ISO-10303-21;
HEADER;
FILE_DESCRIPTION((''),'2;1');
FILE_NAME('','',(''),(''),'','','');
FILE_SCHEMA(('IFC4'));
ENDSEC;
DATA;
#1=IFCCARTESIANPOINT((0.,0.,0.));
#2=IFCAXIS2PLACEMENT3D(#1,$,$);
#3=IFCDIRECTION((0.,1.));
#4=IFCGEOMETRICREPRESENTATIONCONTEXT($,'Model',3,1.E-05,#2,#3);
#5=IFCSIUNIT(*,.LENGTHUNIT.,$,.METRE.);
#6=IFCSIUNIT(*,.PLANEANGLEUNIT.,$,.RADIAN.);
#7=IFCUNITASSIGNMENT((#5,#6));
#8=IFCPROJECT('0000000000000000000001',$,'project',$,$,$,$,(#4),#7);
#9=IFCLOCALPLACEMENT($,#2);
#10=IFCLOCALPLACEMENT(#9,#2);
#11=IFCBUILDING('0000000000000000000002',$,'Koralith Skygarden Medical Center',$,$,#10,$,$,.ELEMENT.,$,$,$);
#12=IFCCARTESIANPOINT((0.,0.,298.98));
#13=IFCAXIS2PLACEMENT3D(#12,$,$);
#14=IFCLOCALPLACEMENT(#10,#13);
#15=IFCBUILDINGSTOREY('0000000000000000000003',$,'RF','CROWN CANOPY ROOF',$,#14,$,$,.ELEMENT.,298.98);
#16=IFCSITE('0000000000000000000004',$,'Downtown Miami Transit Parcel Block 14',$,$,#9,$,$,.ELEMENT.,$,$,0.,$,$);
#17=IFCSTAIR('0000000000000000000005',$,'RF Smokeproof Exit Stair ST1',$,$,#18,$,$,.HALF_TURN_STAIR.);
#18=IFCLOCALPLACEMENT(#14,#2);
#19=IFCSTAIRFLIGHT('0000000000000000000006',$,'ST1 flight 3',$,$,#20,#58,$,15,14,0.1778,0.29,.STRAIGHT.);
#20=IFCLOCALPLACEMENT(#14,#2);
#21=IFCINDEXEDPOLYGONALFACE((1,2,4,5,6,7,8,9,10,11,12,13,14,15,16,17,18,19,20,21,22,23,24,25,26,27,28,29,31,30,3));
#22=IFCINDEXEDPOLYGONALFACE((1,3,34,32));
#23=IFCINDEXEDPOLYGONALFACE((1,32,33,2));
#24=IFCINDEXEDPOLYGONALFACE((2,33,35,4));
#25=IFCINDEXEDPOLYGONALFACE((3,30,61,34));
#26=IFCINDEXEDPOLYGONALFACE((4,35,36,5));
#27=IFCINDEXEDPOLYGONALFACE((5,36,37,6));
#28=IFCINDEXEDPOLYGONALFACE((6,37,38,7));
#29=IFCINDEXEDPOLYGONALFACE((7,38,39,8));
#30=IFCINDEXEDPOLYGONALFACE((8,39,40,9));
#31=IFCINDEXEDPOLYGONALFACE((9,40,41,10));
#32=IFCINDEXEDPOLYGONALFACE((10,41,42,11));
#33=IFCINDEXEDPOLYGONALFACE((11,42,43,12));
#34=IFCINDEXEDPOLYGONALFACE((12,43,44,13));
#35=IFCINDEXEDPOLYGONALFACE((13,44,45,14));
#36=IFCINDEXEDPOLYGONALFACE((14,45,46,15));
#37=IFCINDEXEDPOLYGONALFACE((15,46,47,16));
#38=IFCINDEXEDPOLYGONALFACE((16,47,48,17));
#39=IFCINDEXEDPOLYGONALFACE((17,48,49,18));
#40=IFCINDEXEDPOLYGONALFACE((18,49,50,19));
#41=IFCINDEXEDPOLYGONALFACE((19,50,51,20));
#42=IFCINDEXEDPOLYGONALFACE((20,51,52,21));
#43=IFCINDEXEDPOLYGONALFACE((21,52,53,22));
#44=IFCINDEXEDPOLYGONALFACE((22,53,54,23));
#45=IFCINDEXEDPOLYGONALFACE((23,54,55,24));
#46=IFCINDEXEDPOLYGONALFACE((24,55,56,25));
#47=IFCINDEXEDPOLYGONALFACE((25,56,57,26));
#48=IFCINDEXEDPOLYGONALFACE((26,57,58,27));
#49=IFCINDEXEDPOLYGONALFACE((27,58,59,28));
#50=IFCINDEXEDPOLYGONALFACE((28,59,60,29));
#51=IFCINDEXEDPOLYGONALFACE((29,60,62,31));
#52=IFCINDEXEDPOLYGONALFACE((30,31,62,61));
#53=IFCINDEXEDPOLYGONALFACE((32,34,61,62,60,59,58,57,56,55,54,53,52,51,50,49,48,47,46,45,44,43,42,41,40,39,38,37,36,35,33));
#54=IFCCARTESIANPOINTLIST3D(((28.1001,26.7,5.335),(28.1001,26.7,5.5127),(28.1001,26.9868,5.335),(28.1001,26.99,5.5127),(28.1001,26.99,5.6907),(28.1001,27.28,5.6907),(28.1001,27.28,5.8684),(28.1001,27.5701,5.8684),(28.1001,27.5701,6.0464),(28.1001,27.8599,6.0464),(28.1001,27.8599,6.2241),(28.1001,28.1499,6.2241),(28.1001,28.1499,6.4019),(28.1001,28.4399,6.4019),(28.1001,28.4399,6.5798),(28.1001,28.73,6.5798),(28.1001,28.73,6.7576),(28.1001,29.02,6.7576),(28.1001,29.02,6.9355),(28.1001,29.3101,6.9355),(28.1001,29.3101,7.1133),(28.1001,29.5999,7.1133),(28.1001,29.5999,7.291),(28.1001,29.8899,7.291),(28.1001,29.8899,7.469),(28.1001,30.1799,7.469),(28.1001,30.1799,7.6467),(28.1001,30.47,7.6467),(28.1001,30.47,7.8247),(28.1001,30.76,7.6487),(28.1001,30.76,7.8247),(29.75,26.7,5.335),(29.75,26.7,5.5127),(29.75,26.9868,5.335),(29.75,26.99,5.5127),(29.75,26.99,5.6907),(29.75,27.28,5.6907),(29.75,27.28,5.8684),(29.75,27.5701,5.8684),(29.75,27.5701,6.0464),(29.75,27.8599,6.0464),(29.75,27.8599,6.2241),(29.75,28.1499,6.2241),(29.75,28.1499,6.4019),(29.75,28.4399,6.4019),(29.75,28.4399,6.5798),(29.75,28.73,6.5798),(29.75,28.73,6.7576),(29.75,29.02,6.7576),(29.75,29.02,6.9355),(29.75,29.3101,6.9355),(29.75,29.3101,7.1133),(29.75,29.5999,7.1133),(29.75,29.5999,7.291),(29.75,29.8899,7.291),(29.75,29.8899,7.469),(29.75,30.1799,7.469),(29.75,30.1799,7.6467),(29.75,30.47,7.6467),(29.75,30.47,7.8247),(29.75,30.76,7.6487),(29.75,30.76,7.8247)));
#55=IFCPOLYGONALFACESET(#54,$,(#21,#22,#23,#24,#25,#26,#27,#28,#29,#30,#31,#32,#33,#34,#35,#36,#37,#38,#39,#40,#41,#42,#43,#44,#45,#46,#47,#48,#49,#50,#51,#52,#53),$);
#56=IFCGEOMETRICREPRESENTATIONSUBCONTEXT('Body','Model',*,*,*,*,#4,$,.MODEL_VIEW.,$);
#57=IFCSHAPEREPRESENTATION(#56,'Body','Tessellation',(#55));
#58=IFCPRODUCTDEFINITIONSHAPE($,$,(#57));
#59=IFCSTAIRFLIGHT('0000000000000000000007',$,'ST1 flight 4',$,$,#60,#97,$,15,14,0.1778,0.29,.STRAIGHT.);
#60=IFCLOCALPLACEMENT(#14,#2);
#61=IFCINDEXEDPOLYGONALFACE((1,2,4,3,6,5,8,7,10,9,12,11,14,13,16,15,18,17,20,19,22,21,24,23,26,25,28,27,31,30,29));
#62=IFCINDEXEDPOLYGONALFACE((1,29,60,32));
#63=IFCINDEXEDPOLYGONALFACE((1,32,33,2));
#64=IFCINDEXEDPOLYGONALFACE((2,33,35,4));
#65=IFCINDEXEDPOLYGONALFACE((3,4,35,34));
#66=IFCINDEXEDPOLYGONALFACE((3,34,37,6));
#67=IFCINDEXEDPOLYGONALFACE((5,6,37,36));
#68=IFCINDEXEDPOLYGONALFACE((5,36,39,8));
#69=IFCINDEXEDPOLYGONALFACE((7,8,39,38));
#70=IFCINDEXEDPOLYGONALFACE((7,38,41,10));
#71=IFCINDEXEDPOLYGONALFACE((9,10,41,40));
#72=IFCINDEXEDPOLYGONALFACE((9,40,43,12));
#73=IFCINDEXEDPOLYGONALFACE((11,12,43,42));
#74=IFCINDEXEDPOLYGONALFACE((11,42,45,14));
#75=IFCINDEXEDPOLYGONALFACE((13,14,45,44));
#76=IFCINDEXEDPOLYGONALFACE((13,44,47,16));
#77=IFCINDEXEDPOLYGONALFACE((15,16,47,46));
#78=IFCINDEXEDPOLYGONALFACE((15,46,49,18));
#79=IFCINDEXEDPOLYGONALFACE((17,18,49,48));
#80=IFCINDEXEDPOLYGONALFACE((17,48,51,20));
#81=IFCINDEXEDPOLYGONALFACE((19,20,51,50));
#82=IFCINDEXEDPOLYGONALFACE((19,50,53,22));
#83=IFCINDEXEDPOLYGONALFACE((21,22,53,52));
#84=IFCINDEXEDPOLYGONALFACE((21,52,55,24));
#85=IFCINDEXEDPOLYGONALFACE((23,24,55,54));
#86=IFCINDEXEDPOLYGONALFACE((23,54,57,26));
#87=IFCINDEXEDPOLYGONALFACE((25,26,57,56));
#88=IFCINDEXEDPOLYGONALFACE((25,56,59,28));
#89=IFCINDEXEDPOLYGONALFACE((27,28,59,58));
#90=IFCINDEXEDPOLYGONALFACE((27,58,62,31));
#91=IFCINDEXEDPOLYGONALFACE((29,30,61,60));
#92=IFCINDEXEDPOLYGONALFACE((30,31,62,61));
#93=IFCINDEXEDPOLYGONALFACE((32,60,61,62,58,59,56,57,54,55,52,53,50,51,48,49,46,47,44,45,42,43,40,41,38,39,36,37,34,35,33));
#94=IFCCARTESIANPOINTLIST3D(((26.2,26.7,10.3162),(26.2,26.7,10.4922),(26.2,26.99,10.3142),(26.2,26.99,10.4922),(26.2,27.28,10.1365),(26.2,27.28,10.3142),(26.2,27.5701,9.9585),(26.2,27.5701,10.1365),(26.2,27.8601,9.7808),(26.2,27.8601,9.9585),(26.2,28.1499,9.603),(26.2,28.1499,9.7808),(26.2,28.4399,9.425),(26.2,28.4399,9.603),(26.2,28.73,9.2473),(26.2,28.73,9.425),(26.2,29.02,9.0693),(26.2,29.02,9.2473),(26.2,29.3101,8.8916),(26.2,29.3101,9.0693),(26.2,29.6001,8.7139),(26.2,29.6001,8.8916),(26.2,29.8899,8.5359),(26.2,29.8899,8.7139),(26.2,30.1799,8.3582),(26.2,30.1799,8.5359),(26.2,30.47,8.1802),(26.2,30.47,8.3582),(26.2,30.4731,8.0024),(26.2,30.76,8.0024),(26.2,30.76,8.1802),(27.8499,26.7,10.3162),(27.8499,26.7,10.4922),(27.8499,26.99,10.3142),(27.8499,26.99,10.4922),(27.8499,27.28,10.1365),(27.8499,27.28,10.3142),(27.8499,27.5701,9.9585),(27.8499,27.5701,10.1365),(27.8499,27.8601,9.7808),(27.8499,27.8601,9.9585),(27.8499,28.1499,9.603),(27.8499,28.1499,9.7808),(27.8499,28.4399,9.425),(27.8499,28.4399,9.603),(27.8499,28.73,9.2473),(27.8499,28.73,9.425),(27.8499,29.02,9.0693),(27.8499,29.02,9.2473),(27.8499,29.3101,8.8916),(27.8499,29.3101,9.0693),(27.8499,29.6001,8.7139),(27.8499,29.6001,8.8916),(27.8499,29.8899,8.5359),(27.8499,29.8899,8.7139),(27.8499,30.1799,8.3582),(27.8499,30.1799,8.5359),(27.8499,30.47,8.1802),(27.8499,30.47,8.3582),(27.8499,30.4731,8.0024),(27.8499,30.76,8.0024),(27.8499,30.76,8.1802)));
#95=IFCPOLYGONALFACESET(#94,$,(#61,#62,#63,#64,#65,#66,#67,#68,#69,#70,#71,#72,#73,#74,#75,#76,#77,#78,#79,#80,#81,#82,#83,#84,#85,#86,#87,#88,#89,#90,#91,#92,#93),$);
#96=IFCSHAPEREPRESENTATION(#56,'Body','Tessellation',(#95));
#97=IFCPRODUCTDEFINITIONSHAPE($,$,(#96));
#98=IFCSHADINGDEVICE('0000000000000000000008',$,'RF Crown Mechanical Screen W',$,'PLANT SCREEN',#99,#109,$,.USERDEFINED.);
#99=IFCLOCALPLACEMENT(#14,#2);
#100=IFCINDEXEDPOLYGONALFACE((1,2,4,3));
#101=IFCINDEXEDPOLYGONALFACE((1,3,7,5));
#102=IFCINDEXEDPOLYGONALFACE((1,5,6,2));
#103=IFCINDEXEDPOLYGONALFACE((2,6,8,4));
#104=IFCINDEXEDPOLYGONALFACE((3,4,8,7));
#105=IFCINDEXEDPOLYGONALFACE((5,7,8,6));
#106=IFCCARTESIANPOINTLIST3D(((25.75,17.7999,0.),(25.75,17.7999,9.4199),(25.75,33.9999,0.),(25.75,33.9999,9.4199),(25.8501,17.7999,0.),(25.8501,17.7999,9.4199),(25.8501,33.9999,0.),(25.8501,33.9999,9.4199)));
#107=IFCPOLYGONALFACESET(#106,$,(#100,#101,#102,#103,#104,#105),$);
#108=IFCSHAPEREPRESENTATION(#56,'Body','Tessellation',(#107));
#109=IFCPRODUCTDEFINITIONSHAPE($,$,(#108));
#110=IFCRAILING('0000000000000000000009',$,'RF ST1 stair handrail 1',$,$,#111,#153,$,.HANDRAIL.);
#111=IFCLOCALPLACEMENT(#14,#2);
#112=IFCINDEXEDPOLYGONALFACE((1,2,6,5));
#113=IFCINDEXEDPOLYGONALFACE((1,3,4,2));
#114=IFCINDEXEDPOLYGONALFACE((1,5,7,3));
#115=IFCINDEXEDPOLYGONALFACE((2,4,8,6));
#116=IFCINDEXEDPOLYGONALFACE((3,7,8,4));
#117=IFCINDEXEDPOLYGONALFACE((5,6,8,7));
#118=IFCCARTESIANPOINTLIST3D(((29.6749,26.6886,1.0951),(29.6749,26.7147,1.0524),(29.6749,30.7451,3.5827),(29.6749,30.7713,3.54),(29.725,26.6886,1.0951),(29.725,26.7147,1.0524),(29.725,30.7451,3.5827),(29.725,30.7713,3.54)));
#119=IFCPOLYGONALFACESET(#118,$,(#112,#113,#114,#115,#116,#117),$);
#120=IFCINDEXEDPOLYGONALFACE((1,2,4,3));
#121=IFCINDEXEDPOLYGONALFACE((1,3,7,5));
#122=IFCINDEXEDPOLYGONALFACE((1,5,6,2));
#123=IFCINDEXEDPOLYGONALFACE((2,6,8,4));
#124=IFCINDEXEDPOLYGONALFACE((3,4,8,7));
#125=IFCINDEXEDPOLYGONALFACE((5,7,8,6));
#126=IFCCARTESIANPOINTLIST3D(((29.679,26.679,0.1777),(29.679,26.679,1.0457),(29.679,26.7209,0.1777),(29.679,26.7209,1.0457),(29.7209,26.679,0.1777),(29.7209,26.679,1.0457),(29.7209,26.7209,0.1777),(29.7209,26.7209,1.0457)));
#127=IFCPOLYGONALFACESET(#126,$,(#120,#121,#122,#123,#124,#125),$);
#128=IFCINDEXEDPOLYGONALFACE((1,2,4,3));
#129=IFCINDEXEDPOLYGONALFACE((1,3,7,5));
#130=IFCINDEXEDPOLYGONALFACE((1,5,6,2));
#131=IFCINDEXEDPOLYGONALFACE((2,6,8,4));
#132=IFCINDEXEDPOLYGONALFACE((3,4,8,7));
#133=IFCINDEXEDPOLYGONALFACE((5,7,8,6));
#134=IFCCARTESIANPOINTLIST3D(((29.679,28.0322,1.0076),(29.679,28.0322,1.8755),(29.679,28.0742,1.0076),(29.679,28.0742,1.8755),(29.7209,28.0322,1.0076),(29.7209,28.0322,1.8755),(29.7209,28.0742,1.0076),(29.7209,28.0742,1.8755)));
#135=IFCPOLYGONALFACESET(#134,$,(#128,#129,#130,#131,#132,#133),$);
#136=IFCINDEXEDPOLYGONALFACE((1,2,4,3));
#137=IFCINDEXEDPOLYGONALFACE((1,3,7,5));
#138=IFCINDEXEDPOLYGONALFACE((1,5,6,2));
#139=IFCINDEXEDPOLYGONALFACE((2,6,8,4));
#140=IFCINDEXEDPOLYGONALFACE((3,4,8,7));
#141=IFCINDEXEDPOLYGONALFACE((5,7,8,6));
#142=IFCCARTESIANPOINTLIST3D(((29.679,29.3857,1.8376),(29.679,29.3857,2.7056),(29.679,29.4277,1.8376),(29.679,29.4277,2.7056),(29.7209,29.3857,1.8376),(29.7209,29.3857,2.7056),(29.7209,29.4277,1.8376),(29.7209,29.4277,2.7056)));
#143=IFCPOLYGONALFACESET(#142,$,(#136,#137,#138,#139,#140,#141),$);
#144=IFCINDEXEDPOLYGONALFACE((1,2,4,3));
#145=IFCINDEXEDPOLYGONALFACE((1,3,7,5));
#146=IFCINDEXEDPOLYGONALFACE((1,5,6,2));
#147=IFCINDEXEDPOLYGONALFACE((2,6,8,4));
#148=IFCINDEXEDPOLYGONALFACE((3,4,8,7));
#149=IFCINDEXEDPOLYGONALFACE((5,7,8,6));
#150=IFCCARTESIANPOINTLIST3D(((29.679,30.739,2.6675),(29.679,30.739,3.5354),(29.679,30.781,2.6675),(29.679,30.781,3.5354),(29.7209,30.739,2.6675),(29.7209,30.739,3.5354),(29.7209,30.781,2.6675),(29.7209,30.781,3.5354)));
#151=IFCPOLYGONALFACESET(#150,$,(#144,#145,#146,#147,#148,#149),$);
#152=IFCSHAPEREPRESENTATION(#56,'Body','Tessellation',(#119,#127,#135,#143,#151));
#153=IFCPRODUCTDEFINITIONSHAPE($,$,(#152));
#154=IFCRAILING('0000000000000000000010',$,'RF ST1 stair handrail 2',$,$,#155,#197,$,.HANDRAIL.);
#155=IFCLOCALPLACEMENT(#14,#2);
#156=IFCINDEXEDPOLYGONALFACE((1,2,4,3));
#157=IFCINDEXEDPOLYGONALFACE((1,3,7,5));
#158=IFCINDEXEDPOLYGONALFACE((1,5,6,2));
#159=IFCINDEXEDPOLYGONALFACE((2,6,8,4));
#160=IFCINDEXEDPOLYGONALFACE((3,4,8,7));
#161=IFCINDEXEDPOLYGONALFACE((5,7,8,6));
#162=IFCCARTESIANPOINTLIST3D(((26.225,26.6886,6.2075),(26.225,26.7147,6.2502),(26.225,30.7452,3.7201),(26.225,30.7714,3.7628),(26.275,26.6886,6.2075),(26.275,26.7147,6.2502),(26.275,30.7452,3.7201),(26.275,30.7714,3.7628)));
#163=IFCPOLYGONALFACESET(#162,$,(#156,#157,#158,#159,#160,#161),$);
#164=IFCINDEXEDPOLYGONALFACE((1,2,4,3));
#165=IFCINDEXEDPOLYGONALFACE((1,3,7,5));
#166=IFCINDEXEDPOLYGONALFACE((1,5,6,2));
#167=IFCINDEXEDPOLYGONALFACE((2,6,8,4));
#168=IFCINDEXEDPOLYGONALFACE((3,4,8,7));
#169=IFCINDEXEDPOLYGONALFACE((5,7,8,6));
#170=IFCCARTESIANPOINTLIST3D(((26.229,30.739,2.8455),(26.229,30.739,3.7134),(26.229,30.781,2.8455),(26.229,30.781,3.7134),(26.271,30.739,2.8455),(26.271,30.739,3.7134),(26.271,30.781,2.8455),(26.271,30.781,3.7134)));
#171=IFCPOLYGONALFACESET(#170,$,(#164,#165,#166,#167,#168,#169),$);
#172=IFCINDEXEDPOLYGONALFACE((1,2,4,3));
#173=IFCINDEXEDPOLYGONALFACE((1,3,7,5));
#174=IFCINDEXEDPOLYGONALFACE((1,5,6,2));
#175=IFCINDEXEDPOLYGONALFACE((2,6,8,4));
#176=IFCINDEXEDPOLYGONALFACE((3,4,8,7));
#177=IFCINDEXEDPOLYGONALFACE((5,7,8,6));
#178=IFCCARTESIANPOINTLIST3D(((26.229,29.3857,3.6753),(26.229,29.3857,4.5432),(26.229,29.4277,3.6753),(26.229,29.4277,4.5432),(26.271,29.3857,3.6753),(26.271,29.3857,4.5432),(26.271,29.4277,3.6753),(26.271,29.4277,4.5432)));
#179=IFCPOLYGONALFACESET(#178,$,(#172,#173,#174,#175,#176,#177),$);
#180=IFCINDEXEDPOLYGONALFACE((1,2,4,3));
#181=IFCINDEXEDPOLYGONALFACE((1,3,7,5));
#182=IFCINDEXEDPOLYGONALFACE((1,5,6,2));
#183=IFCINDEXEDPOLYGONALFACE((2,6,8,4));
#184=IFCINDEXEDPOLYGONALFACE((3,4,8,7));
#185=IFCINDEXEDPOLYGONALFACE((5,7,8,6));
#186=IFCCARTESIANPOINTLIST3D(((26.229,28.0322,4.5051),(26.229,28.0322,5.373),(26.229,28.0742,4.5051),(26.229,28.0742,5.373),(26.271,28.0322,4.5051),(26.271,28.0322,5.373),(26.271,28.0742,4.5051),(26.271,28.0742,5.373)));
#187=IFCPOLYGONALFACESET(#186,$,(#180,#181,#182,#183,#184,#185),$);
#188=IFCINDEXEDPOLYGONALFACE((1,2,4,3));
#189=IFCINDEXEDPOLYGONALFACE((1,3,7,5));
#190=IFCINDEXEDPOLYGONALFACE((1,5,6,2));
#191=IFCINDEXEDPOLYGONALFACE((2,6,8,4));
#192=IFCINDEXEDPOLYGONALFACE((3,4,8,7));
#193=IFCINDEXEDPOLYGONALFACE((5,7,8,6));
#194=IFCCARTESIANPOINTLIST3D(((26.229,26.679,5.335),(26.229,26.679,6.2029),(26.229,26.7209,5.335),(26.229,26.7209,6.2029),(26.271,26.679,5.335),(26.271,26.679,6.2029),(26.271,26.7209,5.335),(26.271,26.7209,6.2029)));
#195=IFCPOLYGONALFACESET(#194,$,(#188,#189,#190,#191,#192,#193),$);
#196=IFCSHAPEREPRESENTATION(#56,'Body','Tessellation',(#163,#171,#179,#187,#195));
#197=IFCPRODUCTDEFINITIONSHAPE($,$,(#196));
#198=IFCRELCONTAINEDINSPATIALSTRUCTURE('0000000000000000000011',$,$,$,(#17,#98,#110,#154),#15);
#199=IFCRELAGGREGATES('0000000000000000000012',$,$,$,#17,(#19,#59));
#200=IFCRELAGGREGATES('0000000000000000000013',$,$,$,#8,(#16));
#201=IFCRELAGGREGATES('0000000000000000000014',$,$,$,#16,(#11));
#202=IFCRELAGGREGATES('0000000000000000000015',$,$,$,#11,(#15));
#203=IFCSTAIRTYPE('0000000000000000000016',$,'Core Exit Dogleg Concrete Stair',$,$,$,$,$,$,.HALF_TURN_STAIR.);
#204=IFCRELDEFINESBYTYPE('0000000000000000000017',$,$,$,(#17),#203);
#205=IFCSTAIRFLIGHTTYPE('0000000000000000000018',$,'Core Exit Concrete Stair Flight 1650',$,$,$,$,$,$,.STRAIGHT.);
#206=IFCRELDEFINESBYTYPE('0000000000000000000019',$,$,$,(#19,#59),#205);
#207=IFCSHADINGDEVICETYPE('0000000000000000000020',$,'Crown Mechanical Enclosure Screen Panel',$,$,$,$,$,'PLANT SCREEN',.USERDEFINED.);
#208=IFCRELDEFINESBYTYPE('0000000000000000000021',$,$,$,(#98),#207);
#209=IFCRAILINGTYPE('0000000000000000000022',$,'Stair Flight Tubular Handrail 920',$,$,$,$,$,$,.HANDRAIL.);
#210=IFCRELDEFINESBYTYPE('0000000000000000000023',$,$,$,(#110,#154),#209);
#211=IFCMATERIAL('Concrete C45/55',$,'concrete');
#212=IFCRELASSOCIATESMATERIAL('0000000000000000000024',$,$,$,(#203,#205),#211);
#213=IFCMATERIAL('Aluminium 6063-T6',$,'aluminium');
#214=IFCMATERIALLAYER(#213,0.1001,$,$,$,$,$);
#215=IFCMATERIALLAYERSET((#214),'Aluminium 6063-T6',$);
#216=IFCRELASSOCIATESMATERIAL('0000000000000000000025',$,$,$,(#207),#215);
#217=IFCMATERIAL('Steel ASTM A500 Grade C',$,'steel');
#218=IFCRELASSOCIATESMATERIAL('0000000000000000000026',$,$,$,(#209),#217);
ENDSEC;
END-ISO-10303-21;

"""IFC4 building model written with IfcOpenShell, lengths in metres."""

from ifc_helpers import new_model, si_unit, direction, frame, origin, origin_2d, place, context, subcontext, project, spatial, polyline, rectangle, outline, extrude, material, layer, layer_set, type_object, element, aggregate, save


model = new_model("IFC4")

# Units and contexts
model_context = context("Model", 3, precision=1e-05, world=origin(), true_north=direction((0.0, 1.0)))
body_context = subcontext(model_context, "Body", "Model", "MODEL_VIEW")
ifc_project = project(units=[si_unit("LENGTHUNIT", "METRE"), si_unit("PLANEANGLEUNIT", "RADIAN")], contexts=[model_context])

# Site, building, storey
site_placement = place(None, origin())
site = spatial("IfcSite", under=ifc_project, at=site_placement, Name="Downtown Miami Transit Parcel Block 14", CompositionType="ELEMENT", RefElevation=0.0)
building_placement = place(site_placement, origin())
building = spatial("IfcBuilding", under=site, at=building_placement, Name="Koralith Skygarden Medical Center", CompositionType="ELEMENT")
storey_placement = place(building_placement, frame((0.0, 0.0, 298.98)))
storey = spatial("IfcBuildingStorey", under=building, at=storey_placement, Name="RF", Description="CROWN CANOPY ROOF", CompositionType="ELEMENT", Elevation=298.98)

# Shared definitions
ifc_material_1 = material(Name="Steel ASTM A500 Grade C", Category="steel")

# Shared definitions
ifc_material_2 = material(Name="Concrete C45/55", Category="concrete")

# Stair, stair flights
stair_type = type_object("IfcStairType", Name="Core Exit Dogleg Concrete Stair", PredefinedType="HALF_TURN_STAIR", material=ifc_material_2)
stair_placement = place(storey_placement, origin())
stair = element("IfcStair", 1, at=stair_placement, inside=storey, type_object=stair_type, Name="RF Smokeproof Exit Stair ST1", PredefinedType="HALF_TURN_STAIR")
stair_flight_type = type_object("IfcStairFlightType", Name="Core Exit Concrete Stair Flight 1650", PredefinedType="STRAIGHT", material=ifc_material_2)
stair_flight_1_placement = place(storey_placement, frame((28.925, 26.7, 5.335), z_axis=(0.0, 0.0, 1.0), x_axis=(0.0, 1.0, 0.0)))
stair_flight_1 = element("IfcStairFlight", 2, at=stair_flight_1_placement, type_object=stair_flight_type, Name="ST1 flight 3", NumberOfRisers=15, NumberOfTreads=14, PredefinedType="STRAIGHT", RiserHeight=0.1778, TreadLength=0.29, context=body_context, shape_type="SweptSolid", body=[
    extrude(outline(polyline([(0.0, 0.0), (0.0, 0.1777), (0.29, 0.1777), (0.29, 0.3557), (0.5801, 0.3557), (0.5801, 0.5334), (0.8701, 0.5334), (0.8701, 0.7114), (1.1599, 0.7114), (1.1599, 0.8892), (1.45, 0.8892), (1.45, 1.0669), (1.74, 1.0669), (1.74, 1.2449), (2.03, 1.2449), (2.03, 1.4226), (2.3201, 1.4226), (2.3201, 1.6006), (2.6101, 1.6006), (2.6101, 1.7783), (2.8999, 1.7783), (2.8999, 1.9561), (3.1899, 1.9561), (3.1899, 2.134), (3.48, 2.134), (3.48, 2.3118), (3.77, 2.3118), (3.77, 2.4897), (4.0601, 2.4897), (4.0601, 2.6675), (4.0601, 2.3137), (0.2869, 0.0), (0.0, 0.0)])), frame((0.0, 0.825, 0.0), z_axis=(0.0, -1.0, 0.0), x_axis=(1.0, 0.0, 0.0)), (0.0, 0.0, 1.0), 1.6499),
])
stair_flight_2_placement = place(storey_placement, frame((27.0249, 30.76, 8.0024), z_axis=(0.0, 0.0, 1.0), x_axis=(0.0, -1.0, 0.0)))
stair_flight_2 = element("IfcStairFlight", 3, at=stair_flight_2_placement, type_object=stair_flight_type, Name="ST1 flight 4", NumberOfRisers=15, NumberOfTreads=14, PredefinedType="STRAIGHT", RiserHeight=0.1778, TreadLength=0.29, context=body_context, shape_type="SweptSolid", body=[
    extrude(outline(polyline([(0.0, 0.0), (0.0, 0.1777), (0.29, 0.1777), (0.29, 0.3557), (0.5801, 0.3557), (0.5801, 0.5334), (0.8701, 0.5334), (0.8701, 0.7114), (1.1599, 0.7114), (1.1599, 0.8892), (1.45, 0.8892), (1.45, 1.0669), (1.74, 1.0669), (1.74, 1.2449), (2.03, 1.2449), (2.03, 1.4226), (2.3201, 1.4226), (2.3201, 1.6006), (2.6101, 1.6006), (2.6101, 1.7783), (2.8999, 1.7783), (2.8999, 1.9561), (3.1899, 1.9561), (3.1899, 2.134), (3.48, 2.134), (3.48, 2.3118), (3.77, 2.3118), (3.77, 2.4897), (4.0601, 2.4897), (4.0601, 2.6675), (4.0601, 2.3137), (0.2869, 0.0), (0.0, 0.0)])), frame((0.0, 0.825, 0.0), z_axis=(0.0, -1.0, 0.0), x_axis=(1.0, 0.0, 0.0)), (0.0, 0.0, 1.0), 1.6499),
])
aggregate(stair, [stair_flight_1, stair_flight_2])

# Shading device
ifc_material_3 = material(Name="Aluminium 6063-T6", Category="aluminium")
ifc_layer_1 = layer(ifc_material_3, 0.1001)
ifc_layer_set_1 = layer_set([ifc_layer_1], Name="Aluminium 6063-T6")
shading_device_type = type_object("IfcShadingDeviceType", Name="Crown Mechanical Enclosure Screen Panel", ElementType="PLANT SCREEN", PredefinedType="USERDEFINED", material=ifc_layer_set_1)
shading_device_placement = place(storey_placement, frame((25.8, 25.8999, 0.0), z_axis=(0.0, 0.0, 1.0), x_axis=(0.0, 1.0, 0.0)))
element("IfcShadingDevice", 4, at=shading_device_placement, inside=storey, type_object=shading_device_type, Name="RF Crown Mechanical Screen W", ObjectType="PLANT SCREEN", PredefinedType="USERDEFINED", context=body_context, shape_type="SweptSolid", body=[
    extrude(rectangle(XDim=16.2, YDim=0.1001, at=origin_2d()), origin(), (0.0, 0.0, 1.0), 9.4199),
])

# Railings
railing_type_1 = type_object("IfcRailingType", Name="Stair Flight Tubular Handrail 920", PredefinedType="HANDRAIL", material=ifc_material_1)
railing_1_placement = place(storey_placement, frame((29.7, 26.7, 0.1777)))
element("IfcRailing", 5, at=railing_1_placement, inside=storey, type_object=railing_type_1, Name="RF ST1 stair handrail 1", PredefinedType="HANDRAIL", context=body_context, shape_type="SweptSolid", body=[
    extrude(rectangle(XDim=0.05, YDim=0.05, at=origin_2d()), frame((0.0, 0.0017, 0.896), z_axis=(0.0, 0.852477, 0.522764), x_axis=(-1.0, 0.0, 0.0)), (0.0, 0.0, 1.0), 4.7585),
    extrude(rectangle(XDim=0.042, YDim=0.042, at=origin_2d()), origin(), (0.0, 0.0, 1.0), 0.8679),
    extrude(rectangle(XDim=0.042, YDim=0.042, at=origin_2d()), frame((0.0, 1.3533, 0.8298)), (0.0, 0.0, 1.0), 0.8679),
    extrude(rectangle(XDim=0.042, YDim=0.042, at=origin_2d()), frame((0.0, 2.7068, 1.6599)), (0.0, 0.0, 1.0), 0.8679),
    extrude(rectangle(XDim=0.042, YDim=0.042, at=origin_2d()), frame((0.0, 4.0601, 2.4897)), (0.0, 0.0, 1.0), 0.8679),
])
railing_2_placement = place(storey_placement, frame((26.25, 30.76, 2.8455)))
element("IfcRailing", 6, at=railing_2_placement, inside=storey, type_object=railing_type_1, Name="RF ST1 stair handrail 2", PredefinedType="HANDRAIL", context=body_context, shape_type="SweptSolid", body=[
    extrude(rectangle(XDim=0.05, YDim=0.05, at=origin_2d()), frame((0.0, -0.0017, 0.896), z_axis=(0.0, -0.8525, 0.522727), x_axis=(1.0, 0.0, 0.0)), (0.0, 0.0, 1.0), 4.7585),
    extrude(rectangle(XDim=0.042, YDim=0.042, at=origin_2d()), origin(), (0.0, 0.0, 1.0), 0.8679),
    extrude(rectangle(XDim=0.042, YDim=0.042, at=origin_2d()), frame((0.0, -1.3533, 0.8298)), (0.0, 0.0, 1.0), 0.8679),
    extrude(rectangle(XDim=0.042, YDim=0.042, at=origin_2d()), frame((0.0, -2.7068, 1.6597)), (0.0, 0.0, 1.0), 0.8679),
    extrude(rectangle(XDim=0.042, YDim=0.042, at=origin_2d()), frame((0.0, -4.0601, 2.4895)), (0.0, 0.0, 1.0), 0.8679),
])

save(model, "model.ifc")
